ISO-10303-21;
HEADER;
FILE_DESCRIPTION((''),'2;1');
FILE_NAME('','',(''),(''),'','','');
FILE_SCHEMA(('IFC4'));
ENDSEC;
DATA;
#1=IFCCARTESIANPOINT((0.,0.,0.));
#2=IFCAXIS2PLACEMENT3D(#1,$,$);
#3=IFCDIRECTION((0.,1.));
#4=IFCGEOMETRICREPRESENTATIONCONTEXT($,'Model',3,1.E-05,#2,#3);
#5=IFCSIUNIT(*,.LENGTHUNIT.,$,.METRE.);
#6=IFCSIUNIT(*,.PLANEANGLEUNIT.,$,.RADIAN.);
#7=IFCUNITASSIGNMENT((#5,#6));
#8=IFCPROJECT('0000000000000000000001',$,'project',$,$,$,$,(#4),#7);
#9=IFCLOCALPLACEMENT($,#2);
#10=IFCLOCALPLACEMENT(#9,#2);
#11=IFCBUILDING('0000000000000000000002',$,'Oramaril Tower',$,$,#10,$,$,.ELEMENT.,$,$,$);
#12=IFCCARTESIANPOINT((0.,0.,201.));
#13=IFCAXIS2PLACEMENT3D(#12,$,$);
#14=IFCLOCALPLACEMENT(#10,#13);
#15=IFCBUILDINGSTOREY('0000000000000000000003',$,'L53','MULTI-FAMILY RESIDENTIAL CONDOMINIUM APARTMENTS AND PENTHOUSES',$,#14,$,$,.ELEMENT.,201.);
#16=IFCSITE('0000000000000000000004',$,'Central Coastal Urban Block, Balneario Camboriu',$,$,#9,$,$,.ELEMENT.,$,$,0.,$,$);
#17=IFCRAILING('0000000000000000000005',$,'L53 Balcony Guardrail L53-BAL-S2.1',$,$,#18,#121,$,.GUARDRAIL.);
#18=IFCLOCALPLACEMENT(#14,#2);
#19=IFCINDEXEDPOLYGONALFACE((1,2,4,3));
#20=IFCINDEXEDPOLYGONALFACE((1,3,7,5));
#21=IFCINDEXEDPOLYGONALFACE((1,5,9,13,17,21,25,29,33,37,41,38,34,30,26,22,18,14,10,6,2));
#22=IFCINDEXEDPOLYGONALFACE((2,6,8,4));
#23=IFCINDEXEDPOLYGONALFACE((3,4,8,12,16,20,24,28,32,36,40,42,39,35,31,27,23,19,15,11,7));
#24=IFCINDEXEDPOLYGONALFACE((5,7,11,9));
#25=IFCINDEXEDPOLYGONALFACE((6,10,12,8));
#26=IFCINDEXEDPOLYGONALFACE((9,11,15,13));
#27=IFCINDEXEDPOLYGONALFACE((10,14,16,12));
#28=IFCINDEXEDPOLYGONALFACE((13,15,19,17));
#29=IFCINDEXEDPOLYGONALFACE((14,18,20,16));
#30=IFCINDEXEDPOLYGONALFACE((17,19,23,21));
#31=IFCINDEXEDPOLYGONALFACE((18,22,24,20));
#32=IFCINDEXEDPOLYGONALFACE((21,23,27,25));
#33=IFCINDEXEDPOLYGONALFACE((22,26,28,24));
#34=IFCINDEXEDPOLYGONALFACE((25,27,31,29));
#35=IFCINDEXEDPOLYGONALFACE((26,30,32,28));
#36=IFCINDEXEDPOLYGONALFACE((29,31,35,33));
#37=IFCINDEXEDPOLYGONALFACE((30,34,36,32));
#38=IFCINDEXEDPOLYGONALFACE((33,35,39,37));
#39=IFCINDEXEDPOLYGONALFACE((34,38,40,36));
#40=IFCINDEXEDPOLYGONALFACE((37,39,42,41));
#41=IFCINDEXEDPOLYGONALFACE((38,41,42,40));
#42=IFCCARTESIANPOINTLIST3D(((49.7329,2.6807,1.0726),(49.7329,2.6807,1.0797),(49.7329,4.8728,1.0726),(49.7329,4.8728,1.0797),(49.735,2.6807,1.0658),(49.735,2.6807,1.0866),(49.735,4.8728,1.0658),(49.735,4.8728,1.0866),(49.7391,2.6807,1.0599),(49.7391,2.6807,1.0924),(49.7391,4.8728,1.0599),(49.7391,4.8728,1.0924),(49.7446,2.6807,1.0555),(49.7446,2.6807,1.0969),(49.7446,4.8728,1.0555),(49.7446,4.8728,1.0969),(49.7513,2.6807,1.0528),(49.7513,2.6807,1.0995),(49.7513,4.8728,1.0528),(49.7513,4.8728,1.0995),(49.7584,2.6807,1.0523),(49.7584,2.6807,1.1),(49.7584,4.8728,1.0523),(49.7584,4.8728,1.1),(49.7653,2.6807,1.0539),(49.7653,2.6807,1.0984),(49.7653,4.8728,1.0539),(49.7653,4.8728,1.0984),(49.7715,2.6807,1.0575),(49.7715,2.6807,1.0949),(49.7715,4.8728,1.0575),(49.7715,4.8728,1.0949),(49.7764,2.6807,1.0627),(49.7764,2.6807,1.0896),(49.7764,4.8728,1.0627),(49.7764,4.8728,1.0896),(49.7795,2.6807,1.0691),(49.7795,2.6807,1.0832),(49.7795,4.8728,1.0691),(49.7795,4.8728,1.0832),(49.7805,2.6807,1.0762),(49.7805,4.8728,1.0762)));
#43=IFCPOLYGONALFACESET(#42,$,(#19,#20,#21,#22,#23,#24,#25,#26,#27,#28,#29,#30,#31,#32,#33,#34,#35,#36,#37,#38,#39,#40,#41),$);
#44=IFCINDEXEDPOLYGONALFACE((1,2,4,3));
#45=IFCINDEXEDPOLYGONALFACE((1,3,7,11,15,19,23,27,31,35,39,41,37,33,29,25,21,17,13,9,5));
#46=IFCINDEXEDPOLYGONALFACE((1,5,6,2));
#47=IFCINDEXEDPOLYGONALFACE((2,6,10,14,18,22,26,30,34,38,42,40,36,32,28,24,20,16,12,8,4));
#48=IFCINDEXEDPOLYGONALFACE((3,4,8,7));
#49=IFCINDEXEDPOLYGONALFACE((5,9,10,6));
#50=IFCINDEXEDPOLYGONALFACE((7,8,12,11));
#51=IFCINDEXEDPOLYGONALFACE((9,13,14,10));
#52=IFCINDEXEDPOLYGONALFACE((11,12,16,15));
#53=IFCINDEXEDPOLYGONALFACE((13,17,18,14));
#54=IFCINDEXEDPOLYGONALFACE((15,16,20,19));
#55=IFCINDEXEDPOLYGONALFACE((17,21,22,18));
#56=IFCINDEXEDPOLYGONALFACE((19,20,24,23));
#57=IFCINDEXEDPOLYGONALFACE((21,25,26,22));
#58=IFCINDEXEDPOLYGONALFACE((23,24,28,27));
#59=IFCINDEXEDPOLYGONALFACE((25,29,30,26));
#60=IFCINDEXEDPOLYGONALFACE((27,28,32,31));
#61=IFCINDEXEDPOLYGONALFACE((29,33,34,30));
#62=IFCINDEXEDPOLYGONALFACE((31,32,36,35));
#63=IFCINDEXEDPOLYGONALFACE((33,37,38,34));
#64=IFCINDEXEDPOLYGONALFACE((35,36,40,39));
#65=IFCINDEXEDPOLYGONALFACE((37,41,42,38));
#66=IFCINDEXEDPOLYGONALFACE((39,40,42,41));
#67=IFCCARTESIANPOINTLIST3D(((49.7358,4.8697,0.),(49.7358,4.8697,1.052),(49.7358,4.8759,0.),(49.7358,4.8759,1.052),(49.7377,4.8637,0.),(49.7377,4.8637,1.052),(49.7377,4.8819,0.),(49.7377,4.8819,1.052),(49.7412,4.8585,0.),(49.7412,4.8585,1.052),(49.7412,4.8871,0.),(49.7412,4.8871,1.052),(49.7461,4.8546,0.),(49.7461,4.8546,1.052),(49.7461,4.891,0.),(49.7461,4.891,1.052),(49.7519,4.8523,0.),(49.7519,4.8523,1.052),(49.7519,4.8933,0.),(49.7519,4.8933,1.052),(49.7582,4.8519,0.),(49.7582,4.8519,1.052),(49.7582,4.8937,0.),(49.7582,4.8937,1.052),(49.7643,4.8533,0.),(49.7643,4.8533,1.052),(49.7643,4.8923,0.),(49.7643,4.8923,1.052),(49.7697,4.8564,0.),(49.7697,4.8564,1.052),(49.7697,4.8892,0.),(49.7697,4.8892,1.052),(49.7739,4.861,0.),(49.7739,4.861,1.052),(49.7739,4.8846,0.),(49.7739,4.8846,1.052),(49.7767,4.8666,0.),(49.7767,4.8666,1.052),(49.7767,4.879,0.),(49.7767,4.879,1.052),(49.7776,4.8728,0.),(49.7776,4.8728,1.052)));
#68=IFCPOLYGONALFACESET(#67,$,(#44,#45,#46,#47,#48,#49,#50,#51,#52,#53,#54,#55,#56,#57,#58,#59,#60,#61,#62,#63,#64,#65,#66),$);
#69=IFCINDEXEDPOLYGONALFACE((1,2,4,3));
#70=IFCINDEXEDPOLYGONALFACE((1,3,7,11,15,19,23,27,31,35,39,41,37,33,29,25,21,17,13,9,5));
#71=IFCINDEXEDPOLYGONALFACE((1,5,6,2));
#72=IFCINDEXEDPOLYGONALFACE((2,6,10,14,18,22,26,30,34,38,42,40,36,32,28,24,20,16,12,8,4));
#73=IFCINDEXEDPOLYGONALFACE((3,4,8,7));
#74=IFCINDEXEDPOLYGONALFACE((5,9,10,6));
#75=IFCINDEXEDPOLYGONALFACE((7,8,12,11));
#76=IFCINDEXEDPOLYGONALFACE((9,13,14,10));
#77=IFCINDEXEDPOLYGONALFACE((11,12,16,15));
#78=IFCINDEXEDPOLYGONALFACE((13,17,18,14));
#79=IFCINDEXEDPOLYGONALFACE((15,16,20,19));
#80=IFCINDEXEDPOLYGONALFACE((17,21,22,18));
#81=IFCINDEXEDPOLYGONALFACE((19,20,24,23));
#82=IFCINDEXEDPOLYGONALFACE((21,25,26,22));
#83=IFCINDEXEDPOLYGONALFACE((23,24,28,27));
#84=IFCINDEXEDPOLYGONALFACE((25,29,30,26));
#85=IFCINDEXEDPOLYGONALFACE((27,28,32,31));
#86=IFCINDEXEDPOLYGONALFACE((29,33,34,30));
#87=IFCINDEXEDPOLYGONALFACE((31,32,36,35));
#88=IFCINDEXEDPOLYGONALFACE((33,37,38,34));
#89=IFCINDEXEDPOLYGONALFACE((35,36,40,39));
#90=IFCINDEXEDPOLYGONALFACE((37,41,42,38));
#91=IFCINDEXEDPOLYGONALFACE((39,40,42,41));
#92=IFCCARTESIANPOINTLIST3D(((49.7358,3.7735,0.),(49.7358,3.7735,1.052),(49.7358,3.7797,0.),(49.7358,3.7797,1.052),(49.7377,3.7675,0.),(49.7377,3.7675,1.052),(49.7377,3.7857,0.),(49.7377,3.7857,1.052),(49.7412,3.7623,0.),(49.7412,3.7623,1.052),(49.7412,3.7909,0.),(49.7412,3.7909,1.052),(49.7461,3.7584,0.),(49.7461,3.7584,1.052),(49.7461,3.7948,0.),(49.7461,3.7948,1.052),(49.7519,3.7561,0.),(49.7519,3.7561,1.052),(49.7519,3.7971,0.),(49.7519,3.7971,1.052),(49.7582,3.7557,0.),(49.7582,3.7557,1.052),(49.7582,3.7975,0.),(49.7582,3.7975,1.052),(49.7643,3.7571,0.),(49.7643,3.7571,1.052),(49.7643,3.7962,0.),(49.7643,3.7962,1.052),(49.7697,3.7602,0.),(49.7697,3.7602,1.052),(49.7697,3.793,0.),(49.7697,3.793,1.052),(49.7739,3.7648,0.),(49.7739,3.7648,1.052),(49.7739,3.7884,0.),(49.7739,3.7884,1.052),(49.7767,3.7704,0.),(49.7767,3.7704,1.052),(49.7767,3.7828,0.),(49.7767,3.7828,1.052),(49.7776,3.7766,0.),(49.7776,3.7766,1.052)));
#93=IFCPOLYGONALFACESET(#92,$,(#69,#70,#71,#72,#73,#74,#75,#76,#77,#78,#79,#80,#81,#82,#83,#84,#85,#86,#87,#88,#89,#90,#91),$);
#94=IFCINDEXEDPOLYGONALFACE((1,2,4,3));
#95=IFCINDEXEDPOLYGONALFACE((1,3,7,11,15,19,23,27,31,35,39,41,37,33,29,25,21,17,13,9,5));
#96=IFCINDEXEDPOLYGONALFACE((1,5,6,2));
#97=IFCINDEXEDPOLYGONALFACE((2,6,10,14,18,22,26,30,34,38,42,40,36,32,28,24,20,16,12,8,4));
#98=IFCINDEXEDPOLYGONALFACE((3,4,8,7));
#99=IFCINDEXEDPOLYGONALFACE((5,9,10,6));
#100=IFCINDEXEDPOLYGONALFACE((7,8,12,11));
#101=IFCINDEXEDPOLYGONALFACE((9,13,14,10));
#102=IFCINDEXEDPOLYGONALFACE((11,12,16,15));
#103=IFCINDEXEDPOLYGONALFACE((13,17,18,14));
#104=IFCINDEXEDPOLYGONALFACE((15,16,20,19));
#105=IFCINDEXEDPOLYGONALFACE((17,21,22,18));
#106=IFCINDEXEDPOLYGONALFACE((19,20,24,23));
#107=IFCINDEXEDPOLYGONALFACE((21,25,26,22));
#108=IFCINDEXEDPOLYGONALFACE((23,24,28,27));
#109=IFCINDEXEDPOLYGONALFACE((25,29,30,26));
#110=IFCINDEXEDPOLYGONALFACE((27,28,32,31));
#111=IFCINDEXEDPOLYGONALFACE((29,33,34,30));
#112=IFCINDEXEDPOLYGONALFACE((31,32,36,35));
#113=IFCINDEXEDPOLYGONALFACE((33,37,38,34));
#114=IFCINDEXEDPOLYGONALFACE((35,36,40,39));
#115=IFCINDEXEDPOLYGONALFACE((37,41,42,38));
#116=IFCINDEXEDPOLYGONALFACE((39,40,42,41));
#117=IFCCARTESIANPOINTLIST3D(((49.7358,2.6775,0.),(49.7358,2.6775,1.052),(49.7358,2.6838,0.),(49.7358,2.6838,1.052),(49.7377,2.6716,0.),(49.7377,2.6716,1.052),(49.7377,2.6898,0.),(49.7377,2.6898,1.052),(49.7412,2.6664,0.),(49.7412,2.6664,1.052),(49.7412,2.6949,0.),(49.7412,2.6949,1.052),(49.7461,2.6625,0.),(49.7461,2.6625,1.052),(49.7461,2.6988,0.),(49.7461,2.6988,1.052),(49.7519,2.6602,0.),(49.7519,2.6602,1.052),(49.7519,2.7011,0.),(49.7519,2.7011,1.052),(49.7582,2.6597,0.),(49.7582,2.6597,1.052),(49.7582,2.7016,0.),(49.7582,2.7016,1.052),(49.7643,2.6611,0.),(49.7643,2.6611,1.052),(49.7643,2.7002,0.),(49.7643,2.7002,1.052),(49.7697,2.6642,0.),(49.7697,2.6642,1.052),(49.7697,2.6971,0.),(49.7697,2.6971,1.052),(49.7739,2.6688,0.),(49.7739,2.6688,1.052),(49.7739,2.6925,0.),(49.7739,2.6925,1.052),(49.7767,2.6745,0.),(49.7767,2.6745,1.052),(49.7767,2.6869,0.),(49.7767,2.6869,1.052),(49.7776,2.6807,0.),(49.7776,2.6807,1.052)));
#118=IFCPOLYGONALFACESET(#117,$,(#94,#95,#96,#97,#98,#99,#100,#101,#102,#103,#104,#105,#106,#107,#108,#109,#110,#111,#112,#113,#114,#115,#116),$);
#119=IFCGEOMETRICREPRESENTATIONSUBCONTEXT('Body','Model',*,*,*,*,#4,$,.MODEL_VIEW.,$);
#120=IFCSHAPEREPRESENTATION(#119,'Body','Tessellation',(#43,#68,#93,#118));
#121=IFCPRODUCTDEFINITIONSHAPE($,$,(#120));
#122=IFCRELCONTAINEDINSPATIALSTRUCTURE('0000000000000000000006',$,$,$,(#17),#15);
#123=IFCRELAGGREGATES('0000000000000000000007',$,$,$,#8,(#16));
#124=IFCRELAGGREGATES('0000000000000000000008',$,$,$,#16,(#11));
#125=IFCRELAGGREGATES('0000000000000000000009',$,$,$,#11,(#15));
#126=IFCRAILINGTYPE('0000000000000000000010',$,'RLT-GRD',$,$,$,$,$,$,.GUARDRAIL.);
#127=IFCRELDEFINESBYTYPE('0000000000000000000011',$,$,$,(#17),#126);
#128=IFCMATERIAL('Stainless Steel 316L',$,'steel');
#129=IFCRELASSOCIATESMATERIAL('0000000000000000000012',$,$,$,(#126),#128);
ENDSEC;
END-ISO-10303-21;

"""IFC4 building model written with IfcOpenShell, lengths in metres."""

from ifc_helpers import new_model, si_unit, direction, frame, origin, origin_2d, place, context, subcontext, project, spatial, circle, extrude, material, type_object, element, save


model = new_model("IFC4")

# Units and contexts
model_context = context("Model", 3, precision=1e-05, world=origin(), true_north=direction((0.0, 1.0)))
body_context = subcontext(model_context, "Body", "Model", "MODEL_VIEW")
ifc_project = project(units=[si_unit("LENGTHUNIT", "METRE"), si_unit("PLANEANGLEUNIT", "RADIAN")], contexts=[model_context])

# Site, building, storey
site_placement = place(None, origin())
site = spatial("IfcSite", under=ifc_project, at=site_placement, Name="Central Coastal Urban Block, Balneario Camboriu", CompositionType="ELEMENT", RefElevation=0.0)
building_placement = place(site_placement, origin())
building = spatial("IfcBuilding", under=site, at=building_placement, Name="Oramaril Tower", CompositionType="ELEMENT")
storey_placement = place(building_placement, frame((0.0, 0.0, 201.0)))
storey = spatial("IfcBuildingStorey", under=building, at=storey_placement, Name="L53", Description="MULTI-FAMILY RESIDENTIAL CONDOMINIUM APARTMENTS AND PENTHOUSES", CompositionType="ELEMENT", Elevation=201.0)

# Railing
ifc_material_1 = material(Name="Stainless Steel 316L", Category="steel")
railing_type = type_object("IfcRailingType", Name="RLT-GRD", PredefinedType="GUARDRAIL", material=ifc_material_1)
railing_1_placement = place(storey_placement, frame((49.7566, 4.8728, 0.0)))
element("IfcRailing", 1, at=railing_1_placement, inside=storey, type_object=railing_type, Name="L53 Balcony Guardrail L53-BAL-S2.1", PredefinedType="GUARDRAIL", context=body_context, shape_type="SweptSolid", body=[
    extrude(circle(Radius=0.0239, at=origin_2d()), frame((0.0, 0.0, 1.0762), z_axis=(0.0, -1.0, 0.0), x_axis=(1.0, 0.0, 0.0)), (0.0, 0.0, 1.0), 2.1921),
    extrude(circle(Radius=0.021, at=origin_2d()), origin(), (0.0, 0.0, 1.0), 1.052),
    extrude(circle(Radius=0.021, at=origin_2d()), frame((0.0, -1.0962, 0.0)), (0.0, 0.0, 1.0), 1.052),
    extrude(circle(Radius=0.021, at=origin_2d()), frame((0.0, -2.1921, 0.0)), (0.0, 0.0, 1.0), 1.052),
])

save(model, "model.ifc")
